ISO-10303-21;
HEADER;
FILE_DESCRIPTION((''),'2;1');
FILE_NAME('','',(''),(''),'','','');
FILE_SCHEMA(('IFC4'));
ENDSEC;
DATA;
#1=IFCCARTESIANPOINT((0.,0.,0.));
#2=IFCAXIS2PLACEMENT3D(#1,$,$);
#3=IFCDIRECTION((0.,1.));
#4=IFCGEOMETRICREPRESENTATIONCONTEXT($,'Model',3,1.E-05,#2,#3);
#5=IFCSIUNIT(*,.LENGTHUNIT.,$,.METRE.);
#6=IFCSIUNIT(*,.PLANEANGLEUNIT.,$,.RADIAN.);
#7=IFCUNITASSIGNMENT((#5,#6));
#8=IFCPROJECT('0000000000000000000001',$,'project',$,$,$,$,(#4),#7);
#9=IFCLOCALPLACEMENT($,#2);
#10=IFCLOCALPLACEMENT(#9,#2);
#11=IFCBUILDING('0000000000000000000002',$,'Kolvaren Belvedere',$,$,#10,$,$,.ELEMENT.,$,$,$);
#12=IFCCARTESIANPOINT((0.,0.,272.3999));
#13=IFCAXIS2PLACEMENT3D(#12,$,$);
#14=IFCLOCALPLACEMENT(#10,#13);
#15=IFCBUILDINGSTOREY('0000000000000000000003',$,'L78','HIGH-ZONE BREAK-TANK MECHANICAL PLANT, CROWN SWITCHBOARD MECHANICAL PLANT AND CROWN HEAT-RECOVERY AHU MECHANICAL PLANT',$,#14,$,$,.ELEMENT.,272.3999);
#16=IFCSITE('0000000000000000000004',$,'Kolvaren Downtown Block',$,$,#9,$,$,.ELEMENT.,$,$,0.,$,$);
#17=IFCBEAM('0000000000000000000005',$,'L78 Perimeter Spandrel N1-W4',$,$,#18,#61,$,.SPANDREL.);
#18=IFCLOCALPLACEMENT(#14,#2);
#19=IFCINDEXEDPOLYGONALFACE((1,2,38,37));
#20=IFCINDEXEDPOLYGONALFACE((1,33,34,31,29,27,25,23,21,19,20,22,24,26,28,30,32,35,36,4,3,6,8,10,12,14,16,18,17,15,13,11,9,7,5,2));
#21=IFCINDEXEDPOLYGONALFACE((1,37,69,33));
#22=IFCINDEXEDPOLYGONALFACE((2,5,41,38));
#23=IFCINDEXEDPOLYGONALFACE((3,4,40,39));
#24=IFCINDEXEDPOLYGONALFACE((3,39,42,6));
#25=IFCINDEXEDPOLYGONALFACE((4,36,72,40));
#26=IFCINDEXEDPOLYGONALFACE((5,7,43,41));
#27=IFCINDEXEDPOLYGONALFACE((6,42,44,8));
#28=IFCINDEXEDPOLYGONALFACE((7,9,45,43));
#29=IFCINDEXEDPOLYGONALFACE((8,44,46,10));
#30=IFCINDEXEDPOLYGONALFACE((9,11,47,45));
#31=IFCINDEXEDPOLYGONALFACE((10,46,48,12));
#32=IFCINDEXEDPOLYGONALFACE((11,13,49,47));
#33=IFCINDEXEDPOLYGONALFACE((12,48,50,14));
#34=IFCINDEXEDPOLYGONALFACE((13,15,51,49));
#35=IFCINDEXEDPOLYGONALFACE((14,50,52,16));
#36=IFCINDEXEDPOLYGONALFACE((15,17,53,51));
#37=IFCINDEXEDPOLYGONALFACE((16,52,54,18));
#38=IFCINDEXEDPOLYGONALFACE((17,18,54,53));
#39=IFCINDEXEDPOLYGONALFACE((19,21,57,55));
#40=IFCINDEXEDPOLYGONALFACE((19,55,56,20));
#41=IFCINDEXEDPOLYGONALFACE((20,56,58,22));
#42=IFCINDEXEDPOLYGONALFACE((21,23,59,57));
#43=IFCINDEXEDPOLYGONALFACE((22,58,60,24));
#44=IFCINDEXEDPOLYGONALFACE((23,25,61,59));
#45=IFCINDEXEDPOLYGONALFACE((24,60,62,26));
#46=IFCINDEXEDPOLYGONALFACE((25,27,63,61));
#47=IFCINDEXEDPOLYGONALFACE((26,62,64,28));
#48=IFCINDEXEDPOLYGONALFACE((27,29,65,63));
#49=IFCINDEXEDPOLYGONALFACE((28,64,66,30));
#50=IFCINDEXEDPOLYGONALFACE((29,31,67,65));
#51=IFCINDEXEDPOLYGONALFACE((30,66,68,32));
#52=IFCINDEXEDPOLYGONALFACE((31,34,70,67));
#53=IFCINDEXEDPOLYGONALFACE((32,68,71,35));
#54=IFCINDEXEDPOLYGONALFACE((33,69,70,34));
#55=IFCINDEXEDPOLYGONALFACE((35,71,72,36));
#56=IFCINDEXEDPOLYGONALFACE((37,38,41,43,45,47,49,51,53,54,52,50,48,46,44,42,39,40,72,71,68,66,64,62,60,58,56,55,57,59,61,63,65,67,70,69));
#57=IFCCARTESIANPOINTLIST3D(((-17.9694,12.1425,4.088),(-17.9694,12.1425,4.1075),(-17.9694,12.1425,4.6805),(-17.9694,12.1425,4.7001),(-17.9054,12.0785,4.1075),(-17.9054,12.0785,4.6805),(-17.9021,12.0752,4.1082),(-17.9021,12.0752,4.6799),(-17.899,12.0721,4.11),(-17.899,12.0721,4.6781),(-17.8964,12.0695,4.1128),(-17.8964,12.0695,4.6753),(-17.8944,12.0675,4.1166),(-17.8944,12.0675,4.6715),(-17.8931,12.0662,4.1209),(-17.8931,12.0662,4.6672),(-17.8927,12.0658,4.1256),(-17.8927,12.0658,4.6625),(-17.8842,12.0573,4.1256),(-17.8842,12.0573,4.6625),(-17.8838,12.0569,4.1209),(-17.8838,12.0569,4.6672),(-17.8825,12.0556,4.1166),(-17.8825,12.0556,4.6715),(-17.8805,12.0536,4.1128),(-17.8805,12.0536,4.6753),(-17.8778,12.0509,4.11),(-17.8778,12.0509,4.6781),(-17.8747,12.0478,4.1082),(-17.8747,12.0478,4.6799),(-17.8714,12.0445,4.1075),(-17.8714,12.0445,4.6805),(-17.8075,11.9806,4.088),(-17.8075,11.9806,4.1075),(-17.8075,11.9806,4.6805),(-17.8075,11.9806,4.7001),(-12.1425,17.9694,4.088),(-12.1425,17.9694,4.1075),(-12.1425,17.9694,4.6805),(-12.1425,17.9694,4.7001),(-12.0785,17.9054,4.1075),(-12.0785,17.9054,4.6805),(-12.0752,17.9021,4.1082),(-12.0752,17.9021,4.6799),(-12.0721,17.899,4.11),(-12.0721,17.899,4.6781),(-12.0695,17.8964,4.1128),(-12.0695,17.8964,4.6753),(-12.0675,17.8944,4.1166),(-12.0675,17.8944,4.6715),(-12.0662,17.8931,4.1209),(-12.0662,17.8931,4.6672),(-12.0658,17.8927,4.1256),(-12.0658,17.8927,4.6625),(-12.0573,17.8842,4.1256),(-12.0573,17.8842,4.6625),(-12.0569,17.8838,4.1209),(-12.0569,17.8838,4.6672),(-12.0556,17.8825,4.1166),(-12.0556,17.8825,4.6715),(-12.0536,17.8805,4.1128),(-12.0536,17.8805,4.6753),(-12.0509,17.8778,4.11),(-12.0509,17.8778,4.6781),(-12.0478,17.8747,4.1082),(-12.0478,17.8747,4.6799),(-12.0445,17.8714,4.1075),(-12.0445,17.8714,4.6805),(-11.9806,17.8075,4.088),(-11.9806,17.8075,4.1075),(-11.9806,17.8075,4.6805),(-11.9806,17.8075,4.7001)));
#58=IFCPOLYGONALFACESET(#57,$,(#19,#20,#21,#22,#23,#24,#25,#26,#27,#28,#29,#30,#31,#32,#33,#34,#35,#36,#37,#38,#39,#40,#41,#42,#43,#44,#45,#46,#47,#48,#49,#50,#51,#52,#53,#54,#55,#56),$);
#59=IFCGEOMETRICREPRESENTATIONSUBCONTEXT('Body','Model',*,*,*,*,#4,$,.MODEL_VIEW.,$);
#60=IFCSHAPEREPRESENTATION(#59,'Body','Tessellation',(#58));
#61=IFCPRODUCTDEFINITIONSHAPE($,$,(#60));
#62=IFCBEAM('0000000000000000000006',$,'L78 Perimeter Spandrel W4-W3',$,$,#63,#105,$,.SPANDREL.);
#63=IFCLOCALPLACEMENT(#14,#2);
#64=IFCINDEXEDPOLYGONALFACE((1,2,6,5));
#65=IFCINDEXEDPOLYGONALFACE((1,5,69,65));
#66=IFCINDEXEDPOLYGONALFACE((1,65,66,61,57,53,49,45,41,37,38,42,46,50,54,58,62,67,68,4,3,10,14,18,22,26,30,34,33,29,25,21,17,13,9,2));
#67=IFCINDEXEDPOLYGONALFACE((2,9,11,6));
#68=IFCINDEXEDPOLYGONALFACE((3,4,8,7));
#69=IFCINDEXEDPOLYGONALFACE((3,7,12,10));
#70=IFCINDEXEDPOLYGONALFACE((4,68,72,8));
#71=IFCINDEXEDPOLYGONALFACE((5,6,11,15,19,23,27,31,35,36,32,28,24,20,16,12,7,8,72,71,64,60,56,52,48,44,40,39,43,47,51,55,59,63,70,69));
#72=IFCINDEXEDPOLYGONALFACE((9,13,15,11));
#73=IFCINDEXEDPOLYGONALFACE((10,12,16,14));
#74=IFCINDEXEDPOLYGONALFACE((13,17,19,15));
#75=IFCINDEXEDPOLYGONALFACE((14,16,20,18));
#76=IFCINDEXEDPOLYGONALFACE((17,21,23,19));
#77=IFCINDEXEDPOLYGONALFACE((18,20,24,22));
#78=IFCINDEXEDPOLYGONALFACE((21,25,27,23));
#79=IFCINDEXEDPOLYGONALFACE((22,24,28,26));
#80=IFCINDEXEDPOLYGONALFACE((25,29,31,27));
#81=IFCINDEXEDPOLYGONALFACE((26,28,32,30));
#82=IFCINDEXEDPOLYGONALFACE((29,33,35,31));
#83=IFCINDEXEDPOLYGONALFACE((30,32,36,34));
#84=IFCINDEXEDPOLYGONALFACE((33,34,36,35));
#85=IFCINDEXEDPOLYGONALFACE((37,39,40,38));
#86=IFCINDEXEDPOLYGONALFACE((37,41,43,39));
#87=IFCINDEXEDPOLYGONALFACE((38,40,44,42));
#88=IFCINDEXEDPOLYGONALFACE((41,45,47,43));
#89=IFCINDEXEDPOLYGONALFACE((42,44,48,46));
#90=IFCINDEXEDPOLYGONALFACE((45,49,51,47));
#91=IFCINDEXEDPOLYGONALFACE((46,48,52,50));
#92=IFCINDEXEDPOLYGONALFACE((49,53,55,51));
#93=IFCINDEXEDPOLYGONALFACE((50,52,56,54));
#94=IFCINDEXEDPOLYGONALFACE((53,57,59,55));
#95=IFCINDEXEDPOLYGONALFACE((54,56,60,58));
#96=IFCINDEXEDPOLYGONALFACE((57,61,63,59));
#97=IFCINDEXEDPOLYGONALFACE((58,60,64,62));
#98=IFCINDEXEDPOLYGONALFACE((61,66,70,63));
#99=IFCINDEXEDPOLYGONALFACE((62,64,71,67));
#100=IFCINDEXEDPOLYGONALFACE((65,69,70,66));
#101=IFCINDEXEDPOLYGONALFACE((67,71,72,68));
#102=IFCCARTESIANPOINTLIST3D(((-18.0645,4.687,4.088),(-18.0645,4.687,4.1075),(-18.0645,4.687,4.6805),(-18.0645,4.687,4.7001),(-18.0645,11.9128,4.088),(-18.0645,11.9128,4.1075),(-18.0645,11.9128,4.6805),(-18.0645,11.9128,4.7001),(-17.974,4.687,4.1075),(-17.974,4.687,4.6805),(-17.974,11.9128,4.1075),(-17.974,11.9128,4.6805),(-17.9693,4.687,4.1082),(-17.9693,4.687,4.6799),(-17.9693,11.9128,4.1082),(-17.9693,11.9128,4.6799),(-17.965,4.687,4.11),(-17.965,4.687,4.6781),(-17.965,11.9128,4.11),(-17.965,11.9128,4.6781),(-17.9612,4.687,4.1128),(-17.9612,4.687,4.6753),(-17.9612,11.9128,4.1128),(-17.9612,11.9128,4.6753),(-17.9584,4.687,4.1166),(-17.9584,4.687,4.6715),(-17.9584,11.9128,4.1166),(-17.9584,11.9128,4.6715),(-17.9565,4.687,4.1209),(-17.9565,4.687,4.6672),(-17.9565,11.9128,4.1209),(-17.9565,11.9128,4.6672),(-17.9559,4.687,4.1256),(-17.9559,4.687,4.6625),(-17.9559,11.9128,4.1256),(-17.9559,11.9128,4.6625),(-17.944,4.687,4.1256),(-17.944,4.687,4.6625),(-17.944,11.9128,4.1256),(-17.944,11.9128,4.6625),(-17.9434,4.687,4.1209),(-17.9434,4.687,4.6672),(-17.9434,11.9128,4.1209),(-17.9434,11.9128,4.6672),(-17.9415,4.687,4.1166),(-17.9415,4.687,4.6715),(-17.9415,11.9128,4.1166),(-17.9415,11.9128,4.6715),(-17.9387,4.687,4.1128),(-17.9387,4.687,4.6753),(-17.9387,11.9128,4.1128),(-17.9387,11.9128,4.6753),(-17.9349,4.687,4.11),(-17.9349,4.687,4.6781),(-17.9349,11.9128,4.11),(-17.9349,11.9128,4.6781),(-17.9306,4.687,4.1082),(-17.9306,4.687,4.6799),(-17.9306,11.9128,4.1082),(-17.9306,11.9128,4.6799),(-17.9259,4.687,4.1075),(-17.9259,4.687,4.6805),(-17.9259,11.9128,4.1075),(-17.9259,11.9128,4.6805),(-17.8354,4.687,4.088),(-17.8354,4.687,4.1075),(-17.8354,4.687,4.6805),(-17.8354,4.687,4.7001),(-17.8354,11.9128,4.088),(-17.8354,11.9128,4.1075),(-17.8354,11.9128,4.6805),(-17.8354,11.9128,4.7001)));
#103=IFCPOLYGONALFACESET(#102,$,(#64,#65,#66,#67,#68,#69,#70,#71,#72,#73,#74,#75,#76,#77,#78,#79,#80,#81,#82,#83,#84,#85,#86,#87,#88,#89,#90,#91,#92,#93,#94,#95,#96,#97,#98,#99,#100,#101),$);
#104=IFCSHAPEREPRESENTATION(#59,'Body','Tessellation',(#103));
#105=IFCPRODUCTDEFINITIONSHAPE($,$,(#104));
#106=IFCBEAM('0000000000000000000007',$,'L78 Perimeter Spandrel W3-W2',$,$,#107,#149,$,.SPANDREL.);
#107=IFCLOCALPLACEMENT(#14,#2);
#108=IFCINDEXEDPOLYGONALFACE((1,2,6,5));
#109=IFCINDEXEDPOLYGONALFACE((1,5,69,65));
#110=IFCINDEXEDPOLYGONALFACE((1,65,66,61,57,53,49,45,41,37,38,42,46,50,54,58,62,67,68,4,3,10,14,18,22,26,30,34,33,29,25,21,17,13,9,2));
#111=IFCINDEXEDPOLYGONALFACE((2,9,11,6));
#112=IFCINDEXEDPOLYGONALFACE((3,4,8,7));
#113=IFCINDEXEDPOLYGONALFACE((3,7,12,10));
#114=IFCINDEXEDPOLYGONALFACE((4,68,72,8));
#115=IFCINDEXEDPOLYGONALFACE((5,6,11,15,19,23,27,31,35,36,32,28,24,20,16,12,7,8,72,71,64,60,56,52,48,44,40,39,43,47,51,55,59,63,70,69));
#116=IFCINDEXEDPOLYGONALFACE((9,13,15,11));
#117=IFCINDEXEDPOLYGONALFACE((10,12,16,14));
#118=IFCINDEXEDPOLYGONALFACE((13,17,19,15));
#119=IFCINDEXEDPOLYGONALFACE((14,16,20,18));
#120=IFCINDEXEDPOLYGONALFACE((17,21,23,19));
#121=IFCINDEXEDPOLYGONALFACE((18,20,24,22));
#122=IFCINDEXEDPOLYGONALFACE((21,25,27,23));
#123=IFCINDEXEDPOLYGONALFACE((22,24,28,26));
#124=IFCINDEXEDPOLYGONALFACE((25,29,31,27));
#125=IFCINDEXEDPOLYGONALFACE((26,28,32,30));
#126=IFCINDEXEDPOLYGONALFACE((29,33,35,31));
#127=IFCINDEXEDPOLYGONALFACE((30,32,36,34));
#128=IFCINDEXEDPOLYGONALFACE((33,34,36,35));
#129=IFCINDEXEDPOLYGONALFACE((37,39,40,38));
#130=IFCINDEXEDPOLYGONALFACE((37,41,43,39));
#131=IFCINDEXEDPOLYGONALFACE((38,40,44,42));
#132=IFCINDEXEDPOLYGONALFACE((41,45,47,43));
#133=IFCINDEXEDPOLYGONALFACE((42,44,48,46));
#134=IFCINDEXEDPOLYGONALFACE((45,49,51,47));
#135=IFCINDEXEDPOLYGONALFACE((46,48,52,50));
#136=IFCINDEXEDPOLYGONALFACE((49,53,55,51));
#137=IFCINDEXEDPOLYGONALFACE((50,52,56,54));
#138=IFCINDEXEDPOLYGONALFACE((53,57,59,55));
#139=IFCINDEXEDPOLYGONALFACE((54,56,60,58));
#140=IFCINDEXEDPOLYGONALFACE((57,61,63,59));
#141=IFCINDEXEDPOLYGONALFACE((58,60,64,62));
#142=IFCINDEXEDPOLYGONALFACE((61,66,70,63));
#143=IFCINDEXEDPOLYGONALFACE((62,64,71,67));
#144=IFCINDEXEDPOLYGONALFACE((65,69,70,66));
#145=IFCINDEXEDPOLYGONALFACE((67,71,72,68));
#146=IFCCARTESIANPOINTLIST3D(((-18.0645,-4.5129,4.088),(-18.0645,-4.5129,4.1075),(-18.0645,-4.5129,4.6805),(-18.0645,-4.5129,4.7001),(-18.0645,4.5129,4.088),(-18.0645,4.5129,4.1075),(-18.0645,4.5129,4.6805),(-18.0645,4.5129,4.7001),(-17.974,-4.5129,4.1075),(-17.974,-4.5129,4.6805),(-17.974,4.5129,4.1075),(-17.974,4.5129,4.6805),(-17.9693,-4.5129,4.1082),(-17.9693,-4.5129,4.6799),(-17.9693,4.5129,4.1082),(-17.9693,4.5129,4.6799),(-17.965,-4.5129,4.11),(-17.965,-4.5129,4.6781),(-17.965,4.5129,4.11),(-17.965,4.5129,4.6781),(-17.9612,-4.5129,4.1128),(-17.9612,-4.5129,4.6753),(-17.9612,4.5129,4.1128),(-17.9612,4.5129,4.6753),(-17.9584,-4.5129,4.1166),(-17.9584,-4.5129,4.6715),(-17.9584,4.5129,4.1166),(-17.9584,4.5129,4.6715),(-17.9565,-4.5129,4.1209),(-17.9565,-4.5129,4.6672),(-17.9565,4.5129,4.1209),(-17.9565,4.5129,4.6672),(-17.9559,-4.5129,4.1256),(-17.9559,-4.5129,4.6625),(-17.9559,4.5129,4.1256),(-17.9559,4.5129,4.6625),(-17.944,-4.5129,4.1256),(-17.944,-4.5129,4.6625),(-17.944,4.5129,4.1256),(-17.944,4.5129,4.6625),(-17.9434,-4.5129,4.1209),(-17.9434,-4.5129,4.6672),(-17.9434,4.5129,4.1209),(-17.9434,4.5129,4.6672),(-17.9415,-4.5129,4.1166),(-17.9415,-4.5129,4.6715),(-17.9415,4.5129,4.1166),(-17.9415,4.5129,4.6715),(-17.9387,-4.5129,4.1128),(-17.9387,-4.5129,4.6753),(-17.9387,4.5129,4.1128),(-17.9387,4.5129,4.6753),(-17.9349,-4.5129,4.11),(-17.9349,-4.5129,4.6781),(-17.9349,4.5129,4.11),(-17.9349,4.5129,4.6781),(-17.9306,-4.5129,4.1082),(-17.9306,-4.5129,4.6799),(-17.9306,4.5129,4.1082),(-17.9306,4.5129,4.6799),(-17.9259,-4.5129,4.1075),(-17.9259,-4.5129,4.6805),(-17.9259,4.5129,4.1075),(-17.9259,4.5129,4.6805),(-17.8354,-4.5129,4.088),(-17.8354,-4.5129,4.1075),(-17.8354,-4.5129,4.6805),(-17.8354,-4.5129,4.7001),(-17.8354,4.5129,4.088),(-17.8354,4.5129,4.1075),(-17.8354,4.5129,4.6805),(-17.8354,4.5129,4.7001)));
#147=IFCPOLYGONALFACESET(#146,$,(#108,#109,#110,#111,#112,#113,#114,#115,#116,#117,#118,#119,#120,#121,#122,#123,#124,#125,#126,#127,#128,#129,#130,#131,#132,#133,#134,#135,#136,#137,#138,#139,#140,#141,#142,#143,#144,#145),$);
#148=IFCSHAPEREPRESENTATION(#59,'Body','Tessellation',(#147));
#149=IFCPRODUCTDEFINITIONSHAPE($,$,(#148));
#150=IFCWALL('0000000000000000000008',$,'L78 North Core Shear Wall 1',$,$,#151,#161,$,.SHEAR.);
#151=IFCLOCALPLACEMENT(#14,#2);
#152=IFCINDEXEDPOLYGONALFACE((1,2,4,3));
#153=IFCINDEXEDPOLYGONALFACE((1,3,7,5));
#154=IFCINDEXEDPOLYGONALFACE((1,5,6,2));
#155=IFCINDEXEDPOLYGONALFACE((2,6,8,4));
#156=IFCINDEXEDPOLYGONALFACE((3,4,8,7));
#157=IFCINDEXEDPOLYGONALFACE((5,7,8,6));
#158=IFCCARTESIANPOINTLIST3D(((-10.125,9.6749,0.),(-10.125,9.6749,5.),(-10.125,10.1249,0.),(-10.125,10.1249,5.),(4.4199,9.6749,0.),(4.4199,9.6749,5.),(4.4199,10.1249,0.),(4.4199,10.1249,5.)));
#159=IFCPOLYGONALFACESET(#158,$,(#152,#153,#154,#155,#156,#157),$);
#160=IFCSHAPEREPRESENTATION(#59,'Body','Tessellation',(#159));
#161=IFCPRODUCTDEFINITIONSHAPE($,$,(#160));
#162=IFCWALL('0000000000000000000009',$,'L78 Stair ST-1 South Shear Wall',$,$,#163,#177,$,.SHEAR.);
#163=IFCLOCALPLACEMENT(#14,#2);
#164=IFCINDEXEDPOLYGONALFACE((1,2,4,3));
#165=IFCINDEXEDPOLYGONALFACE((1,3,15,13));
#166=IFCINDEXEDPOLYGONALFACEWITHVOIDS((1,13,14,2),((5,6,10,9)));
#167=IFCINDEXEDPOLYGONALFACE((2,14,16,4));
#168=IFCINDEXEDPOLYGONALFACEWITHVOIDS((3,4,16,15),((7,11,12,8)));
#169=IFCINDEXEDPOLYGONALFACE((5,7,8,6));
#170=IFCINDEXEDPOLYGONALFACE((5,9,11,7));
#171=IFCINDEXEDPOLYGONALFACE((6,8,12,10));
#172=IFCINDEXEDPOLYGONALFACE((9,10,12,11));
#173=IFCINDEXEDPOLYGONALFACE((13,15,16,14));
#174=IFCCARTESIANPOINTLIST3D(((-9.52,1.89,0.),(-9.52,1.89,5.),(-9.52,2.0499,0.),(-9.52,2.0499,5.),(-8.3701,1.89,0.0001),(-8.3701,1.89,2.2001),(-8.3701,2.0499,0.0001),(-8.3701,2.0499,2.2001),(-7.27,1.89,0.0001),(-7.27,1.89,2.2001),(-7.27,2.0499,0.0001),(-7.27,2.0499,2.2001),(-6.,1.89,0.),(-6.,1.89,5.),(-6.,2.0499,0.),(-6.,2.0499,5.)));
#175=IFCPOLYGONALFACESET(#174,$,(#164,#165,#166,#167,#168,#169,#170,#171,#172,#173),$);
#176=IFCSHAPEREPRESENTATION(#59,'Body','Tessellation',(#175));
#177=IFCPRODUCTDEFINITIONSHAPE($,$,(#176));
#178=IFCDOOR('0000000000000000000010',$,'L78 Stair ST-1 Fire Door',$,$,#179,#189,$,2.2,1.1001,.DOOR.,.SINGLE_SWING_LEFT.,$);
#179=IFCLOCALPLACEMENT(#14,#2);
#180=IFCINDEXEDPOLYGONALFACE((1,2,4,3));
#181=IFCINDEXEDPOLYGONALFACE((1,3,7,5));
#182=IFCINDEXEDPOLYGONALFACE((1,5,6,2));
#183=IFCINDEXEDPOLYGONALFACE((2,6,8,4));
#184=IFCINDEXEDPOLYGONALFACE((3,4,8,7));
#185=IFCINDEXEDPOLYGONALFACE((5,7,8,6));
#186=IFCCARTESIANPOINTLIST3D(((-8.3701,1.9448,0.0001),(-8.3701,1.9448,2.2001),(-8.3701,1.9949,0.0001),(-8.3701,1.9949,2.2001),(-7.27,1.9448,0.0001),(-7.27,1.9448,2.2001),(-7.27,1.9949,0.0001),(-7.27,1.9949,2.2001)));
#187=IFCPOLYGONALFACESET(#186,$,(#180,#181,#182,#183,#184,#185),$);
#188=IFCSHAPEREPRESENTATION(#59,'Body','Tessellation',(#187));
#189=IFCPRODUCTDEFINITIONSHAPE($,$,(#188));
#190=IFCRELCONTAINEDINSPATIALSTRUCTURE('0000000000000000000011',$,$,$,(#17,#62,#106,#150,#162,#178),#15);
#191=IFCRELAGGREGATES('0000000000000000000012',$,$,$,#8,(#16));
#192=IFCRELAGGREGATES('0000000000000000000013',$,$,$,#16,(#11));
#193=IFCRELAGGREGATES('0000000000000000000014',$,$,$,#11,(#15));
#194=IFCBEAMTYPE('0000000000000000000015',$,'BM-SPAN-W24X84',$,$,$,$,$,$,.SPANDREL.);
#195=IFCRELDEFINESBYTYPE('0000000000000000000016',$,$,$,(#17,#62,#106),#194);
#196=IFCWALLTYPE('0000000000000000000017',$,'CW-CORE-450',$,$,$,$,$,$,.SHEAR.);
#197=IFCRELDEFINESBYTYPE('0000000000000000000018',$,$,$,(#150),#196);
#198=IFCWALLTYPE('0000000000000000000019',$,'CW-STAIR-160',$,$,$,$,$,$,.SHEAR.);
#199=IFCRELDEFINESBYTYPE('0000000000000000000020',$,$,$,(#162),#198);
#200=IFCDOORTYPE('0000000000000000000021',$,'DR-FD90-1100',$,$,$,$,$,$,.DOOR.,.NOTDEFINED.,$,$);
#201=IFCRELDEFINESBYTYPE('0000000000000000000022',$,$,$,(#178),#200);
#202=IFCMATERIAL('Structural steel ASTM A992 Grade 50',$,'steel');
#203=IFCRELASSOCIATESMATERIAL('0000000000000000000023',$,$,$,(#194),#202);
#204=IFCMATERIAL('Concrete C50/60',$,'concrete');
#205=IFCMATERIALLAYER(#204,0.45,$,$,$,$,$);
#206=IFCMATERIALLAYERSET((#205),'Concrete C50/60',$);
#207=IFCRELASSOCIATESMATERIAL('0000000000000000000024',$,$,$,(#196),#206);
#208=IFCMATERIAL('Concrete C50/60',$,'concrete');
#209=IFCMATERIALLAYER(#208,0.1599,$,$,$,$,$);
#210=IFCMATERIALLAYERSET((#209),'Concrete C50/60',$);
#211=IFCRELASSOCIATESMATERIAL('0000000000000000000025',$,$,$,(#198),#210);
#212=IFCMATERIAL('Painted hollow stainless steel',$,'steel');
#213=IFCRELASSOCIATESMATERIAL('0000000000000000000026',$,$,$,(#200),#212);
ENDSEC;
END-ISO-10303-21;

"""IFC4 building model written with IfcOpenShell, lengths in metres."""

from ifc_helpers import new_model, si_unit, direction, frame, frame_2d, origin, origin_2d, place, context, subcontext, project, spatial, rectangle, i_section, extrude, material, layer, layer_set, material_profile, profile_set, type_object, element, fill, save


model = new_model("IFC4")

# Units and contexts
model_context = context("Model", 3, precision=1e-05, world=origin(), true_north=direction((0.0, 1.0)))
body_context = subcontext(model_context, "Body", "Model", "MODEL_VIEW")
ifc_project = project(units=[si_unit("LENGTHUNIT", "METRE"), si_unit("PLANEANGLEUNIT", "RADIAN")], contexts=[model_context])

# Site, building, storey
site_placement = place(None, origin())
site = spatial("IfcSite", under=ifc_project, at=site_placement, Name="Kolvaren Downtown Block", CompositionType="ELEMENT", RefElevation=0.0)
building_placement = place(site_placement, origin())
building = spatial("IfcBuilding", under=site, at=building_placement, Name="Kolvaren Belvedere", CompositionType="ELEMENT")
storey_placement = place(building_placement, frame((0.0, 0.0, 272.3999)))
storey = spatial("IfcBuildingStorey", under=building, at=storey_placement, Name="L78", Description="HIGH-ZONE BREAK-TANK MECHANICAL PLANT, CROWN SWITCHBOARD MECHANICAL PLANT AND CROWN HEAT-RECOVERY AHU MECHANICAL PLANT", CompositionType="ELEMENT", Elevation=272.3999)

# Beams
ifc_material_1 = material(Name="Structural steel ASTM A992 Grade 50", Category="steel")
ifc_material_profile_1 = material_profile(ifc_material_1, i_section(OverallWidth=0.229, OverallDepth=0.6121, WebThickness=0.012, FlangeThickness=0.0195, FilletRadius=0.0181, at=origin_2d()), Name="W24X84")
ifc_profile_set_1 = profile_set([ifc_material_profile_1], Name="Structural steel ASTM A992 Grade 50")
beam_type_1 = type_object("IfcBeamType", Name="BM-SPAN-W24X84", PredefinedType="SPANDREL", material=ifc_profile_set_1)
beam_1_placement = place(storey_placement, frame((-12.0615, 17.8884, 4.394), z_axis=(-0.707107, -0.707107, 0.0), x_axis=(0.707107, -0.707107, 0.0)))
element("IfcBeam", 1, at=beam_1_placement, inside=storey, type_object=beam_type_1, Name="L78 Perimeter Spandrel N1-W4", PredefinedType="SPANDREL", context=body_context, shape_type="SweptSolid", body=[
    extrude(i_section(OverallWidth=0.229, OverallDepth=0.6121, WebThickness=0.012, FlangeThickness=0.0195, FilletRadius=0.0181, at=origin_2d()), origin(), (0.0, 0.0, 1.0), 8.2405),
])
beam_2_placement = place(storey_placement, frame((-17.95, 11.9128, 4.394), z_axis=(0.0, -1.0, 0.0), x_axis=(1.0, 0.0, 0.0)))
element("IfcBeam", 2, at=beam_2_placement, inside=storey, type_object=beam_type_1, Name="L78 Perimeter Spandrel W4-W3", PredefinedType="SPANDREL", context=body_context, shape_type="SweptSolid", body=[
    extrude(i_section(OverallWidth=0.229, OverallDepth=0.6121, WebThickness=0.012, FlangeThickness=0.0195, FilletRadius=0.0181, at=origin_2d()), origin(), (0.0, 0.0, 1.0), 7.2258),
])
beam_3_placement = place(storey_placement, frame((-17.95, 4.5129, 4.394), z_axis=(0.0, -1.0, 0.0), x_axis=(1.0, 0.0, 0.0)))
element("IfcBeam", 3, at=beam_3_placement, inside=storey, type_object=beam_type_1, Name="L78 Perimeter Spandrel W3-W2", PredefinedType="SPANDREL", context=body_context, shape_type="SweptSolid", body=[
    extrude(i_section(OverallWidth=0.229, OverallDepth=0.6121, WebThickness=0.012, FlangeThickness=0.0195, FilletRadius=0.0181, at=origin_2d()), origin(), (0.0, 0.0, 1.0), 9.0259),
])

# Wall
ifc_material_2 = material(Name="Concrete C50/60", Category="concrete")
ifc_layer_1 = layer(ifc_material_2, 0.45)
ifc_layer_set_1 = layer_set([ifc_layer_1], Name="Concrete C50/60")
wall_type_1 = type_object("IfcWallType", Name="CW-CORE-450", PredefinedType="SHEAR", material=ifc_layer_set_1)
wall_1_placement = place(storey_placement, frame((-10.125, 9.8999, 0.0), z_axis=(0.0, 0.0, 1.0), x_axis=(1.0, 0.0, 0.0)))
element("IfcWall", 4, at=wall_1_placement, inside=storey, type_object=wall_type_1, Name="L78 North Core Shear Wall 1", PredefinedType="SHEAR", context=body_context, shape_type="SweptSolid", body=[
    extrude(rectangle(XDim=14.5449, YDim=0.45, at=frame_2d((7.2725, 0.0))), origin(), (0.0, 0.0, 1.0), 5.0),
])

# Wall, opening, door
ifc_material_3 = material(Name="Concrete C50/60", Category="concrete")
ifc_layer_2 = layer(ifc_material_3, 0.1599)
ifc_layer_set_2 = layer_set([ifc_layer_2], Name="Concrete C50/60")
wall_type_2 = type_object("IfcWallType", Name="CW-STAIR-160", PredefinedType="SHEAR", material=ifc_layer_set_2)
wall_2_placement = place(storey_placement, frame((-9.52, 1.97, 0.0), z_axis=(0.0, 0.0, 1.0), x_axis=(1.0, 0.0, 0.0)))
wall_2 = element("IfcWall", 5, at=wall_2_placement, inside=storey, type_object=wall_type_2, Name="L78 Stair ST-1 South Shear Wall", PredefinedType="SHEAR", context=body_context, shape_type="SweptSolid", body=[
    extrude(rectangle(XDim=3.52, YDim=0.1599, at=frame_2d((1.76, 0.0))), origin(), (0.0, 0.0, 1.0), 5.0),
])
opening_1_placement = place(wall_2_placement, frame((1.1499, 0.0, 0.0)))
opening_1 = element("IfcOpeningElement", 6, at=opening_1_placement, cuts=wall_2, PredefinedType="OPENING", context=body_context, shape_type="SweptSolid", body=[
    extrude(rectangle(XDim=1.1001, YDim=2.2, at=frame_2d((0.55, 1.1001))), frame((0.0, 0.0898, 0.0), z_axis=(0.0, -1.0, 0.0), x_axis=(1.0, 0.0, 0.0)), (0.0, 0.0, 1.0), 0.1799),
])
ifc_material_4 = material(Name="Painted hollow stainless steel", Category="steel")
door_type = type_object("IfcDoorType", Name="DR-FD90-1100", OperationType="NOTDEFINED", PredefinedType="DOOR", material=ifc_material_4)
door_1_placement = place(opening_1_placement, origin())
door_1 = element("IfcDoor", 7, at=door_1_placement, inside=storey, type_object=door_type, Name="L78 Stair ST-1 Fire Door", OperationType="SINGLE_SWING_LEFT", OverallHeight=2.2, OverallWidth=1.1001, PredefinedType="DOOR", context=body_context, shape_type="SweptSolid", body=[
    extrude(rectangle(XDim=1.1001, YDim=2.2, at=frame_2d((0.55, 1.1001))), frame((0.0, 0.0249, 0.0), z_axis=(0.0, -1.0, 0.0), x_axis=(1.0, 0.0, 0.0)), (0.0, 0.0, 1.0), 0.05),
])
fill(opening_1, door_1)

save(model, "model.ifc")
